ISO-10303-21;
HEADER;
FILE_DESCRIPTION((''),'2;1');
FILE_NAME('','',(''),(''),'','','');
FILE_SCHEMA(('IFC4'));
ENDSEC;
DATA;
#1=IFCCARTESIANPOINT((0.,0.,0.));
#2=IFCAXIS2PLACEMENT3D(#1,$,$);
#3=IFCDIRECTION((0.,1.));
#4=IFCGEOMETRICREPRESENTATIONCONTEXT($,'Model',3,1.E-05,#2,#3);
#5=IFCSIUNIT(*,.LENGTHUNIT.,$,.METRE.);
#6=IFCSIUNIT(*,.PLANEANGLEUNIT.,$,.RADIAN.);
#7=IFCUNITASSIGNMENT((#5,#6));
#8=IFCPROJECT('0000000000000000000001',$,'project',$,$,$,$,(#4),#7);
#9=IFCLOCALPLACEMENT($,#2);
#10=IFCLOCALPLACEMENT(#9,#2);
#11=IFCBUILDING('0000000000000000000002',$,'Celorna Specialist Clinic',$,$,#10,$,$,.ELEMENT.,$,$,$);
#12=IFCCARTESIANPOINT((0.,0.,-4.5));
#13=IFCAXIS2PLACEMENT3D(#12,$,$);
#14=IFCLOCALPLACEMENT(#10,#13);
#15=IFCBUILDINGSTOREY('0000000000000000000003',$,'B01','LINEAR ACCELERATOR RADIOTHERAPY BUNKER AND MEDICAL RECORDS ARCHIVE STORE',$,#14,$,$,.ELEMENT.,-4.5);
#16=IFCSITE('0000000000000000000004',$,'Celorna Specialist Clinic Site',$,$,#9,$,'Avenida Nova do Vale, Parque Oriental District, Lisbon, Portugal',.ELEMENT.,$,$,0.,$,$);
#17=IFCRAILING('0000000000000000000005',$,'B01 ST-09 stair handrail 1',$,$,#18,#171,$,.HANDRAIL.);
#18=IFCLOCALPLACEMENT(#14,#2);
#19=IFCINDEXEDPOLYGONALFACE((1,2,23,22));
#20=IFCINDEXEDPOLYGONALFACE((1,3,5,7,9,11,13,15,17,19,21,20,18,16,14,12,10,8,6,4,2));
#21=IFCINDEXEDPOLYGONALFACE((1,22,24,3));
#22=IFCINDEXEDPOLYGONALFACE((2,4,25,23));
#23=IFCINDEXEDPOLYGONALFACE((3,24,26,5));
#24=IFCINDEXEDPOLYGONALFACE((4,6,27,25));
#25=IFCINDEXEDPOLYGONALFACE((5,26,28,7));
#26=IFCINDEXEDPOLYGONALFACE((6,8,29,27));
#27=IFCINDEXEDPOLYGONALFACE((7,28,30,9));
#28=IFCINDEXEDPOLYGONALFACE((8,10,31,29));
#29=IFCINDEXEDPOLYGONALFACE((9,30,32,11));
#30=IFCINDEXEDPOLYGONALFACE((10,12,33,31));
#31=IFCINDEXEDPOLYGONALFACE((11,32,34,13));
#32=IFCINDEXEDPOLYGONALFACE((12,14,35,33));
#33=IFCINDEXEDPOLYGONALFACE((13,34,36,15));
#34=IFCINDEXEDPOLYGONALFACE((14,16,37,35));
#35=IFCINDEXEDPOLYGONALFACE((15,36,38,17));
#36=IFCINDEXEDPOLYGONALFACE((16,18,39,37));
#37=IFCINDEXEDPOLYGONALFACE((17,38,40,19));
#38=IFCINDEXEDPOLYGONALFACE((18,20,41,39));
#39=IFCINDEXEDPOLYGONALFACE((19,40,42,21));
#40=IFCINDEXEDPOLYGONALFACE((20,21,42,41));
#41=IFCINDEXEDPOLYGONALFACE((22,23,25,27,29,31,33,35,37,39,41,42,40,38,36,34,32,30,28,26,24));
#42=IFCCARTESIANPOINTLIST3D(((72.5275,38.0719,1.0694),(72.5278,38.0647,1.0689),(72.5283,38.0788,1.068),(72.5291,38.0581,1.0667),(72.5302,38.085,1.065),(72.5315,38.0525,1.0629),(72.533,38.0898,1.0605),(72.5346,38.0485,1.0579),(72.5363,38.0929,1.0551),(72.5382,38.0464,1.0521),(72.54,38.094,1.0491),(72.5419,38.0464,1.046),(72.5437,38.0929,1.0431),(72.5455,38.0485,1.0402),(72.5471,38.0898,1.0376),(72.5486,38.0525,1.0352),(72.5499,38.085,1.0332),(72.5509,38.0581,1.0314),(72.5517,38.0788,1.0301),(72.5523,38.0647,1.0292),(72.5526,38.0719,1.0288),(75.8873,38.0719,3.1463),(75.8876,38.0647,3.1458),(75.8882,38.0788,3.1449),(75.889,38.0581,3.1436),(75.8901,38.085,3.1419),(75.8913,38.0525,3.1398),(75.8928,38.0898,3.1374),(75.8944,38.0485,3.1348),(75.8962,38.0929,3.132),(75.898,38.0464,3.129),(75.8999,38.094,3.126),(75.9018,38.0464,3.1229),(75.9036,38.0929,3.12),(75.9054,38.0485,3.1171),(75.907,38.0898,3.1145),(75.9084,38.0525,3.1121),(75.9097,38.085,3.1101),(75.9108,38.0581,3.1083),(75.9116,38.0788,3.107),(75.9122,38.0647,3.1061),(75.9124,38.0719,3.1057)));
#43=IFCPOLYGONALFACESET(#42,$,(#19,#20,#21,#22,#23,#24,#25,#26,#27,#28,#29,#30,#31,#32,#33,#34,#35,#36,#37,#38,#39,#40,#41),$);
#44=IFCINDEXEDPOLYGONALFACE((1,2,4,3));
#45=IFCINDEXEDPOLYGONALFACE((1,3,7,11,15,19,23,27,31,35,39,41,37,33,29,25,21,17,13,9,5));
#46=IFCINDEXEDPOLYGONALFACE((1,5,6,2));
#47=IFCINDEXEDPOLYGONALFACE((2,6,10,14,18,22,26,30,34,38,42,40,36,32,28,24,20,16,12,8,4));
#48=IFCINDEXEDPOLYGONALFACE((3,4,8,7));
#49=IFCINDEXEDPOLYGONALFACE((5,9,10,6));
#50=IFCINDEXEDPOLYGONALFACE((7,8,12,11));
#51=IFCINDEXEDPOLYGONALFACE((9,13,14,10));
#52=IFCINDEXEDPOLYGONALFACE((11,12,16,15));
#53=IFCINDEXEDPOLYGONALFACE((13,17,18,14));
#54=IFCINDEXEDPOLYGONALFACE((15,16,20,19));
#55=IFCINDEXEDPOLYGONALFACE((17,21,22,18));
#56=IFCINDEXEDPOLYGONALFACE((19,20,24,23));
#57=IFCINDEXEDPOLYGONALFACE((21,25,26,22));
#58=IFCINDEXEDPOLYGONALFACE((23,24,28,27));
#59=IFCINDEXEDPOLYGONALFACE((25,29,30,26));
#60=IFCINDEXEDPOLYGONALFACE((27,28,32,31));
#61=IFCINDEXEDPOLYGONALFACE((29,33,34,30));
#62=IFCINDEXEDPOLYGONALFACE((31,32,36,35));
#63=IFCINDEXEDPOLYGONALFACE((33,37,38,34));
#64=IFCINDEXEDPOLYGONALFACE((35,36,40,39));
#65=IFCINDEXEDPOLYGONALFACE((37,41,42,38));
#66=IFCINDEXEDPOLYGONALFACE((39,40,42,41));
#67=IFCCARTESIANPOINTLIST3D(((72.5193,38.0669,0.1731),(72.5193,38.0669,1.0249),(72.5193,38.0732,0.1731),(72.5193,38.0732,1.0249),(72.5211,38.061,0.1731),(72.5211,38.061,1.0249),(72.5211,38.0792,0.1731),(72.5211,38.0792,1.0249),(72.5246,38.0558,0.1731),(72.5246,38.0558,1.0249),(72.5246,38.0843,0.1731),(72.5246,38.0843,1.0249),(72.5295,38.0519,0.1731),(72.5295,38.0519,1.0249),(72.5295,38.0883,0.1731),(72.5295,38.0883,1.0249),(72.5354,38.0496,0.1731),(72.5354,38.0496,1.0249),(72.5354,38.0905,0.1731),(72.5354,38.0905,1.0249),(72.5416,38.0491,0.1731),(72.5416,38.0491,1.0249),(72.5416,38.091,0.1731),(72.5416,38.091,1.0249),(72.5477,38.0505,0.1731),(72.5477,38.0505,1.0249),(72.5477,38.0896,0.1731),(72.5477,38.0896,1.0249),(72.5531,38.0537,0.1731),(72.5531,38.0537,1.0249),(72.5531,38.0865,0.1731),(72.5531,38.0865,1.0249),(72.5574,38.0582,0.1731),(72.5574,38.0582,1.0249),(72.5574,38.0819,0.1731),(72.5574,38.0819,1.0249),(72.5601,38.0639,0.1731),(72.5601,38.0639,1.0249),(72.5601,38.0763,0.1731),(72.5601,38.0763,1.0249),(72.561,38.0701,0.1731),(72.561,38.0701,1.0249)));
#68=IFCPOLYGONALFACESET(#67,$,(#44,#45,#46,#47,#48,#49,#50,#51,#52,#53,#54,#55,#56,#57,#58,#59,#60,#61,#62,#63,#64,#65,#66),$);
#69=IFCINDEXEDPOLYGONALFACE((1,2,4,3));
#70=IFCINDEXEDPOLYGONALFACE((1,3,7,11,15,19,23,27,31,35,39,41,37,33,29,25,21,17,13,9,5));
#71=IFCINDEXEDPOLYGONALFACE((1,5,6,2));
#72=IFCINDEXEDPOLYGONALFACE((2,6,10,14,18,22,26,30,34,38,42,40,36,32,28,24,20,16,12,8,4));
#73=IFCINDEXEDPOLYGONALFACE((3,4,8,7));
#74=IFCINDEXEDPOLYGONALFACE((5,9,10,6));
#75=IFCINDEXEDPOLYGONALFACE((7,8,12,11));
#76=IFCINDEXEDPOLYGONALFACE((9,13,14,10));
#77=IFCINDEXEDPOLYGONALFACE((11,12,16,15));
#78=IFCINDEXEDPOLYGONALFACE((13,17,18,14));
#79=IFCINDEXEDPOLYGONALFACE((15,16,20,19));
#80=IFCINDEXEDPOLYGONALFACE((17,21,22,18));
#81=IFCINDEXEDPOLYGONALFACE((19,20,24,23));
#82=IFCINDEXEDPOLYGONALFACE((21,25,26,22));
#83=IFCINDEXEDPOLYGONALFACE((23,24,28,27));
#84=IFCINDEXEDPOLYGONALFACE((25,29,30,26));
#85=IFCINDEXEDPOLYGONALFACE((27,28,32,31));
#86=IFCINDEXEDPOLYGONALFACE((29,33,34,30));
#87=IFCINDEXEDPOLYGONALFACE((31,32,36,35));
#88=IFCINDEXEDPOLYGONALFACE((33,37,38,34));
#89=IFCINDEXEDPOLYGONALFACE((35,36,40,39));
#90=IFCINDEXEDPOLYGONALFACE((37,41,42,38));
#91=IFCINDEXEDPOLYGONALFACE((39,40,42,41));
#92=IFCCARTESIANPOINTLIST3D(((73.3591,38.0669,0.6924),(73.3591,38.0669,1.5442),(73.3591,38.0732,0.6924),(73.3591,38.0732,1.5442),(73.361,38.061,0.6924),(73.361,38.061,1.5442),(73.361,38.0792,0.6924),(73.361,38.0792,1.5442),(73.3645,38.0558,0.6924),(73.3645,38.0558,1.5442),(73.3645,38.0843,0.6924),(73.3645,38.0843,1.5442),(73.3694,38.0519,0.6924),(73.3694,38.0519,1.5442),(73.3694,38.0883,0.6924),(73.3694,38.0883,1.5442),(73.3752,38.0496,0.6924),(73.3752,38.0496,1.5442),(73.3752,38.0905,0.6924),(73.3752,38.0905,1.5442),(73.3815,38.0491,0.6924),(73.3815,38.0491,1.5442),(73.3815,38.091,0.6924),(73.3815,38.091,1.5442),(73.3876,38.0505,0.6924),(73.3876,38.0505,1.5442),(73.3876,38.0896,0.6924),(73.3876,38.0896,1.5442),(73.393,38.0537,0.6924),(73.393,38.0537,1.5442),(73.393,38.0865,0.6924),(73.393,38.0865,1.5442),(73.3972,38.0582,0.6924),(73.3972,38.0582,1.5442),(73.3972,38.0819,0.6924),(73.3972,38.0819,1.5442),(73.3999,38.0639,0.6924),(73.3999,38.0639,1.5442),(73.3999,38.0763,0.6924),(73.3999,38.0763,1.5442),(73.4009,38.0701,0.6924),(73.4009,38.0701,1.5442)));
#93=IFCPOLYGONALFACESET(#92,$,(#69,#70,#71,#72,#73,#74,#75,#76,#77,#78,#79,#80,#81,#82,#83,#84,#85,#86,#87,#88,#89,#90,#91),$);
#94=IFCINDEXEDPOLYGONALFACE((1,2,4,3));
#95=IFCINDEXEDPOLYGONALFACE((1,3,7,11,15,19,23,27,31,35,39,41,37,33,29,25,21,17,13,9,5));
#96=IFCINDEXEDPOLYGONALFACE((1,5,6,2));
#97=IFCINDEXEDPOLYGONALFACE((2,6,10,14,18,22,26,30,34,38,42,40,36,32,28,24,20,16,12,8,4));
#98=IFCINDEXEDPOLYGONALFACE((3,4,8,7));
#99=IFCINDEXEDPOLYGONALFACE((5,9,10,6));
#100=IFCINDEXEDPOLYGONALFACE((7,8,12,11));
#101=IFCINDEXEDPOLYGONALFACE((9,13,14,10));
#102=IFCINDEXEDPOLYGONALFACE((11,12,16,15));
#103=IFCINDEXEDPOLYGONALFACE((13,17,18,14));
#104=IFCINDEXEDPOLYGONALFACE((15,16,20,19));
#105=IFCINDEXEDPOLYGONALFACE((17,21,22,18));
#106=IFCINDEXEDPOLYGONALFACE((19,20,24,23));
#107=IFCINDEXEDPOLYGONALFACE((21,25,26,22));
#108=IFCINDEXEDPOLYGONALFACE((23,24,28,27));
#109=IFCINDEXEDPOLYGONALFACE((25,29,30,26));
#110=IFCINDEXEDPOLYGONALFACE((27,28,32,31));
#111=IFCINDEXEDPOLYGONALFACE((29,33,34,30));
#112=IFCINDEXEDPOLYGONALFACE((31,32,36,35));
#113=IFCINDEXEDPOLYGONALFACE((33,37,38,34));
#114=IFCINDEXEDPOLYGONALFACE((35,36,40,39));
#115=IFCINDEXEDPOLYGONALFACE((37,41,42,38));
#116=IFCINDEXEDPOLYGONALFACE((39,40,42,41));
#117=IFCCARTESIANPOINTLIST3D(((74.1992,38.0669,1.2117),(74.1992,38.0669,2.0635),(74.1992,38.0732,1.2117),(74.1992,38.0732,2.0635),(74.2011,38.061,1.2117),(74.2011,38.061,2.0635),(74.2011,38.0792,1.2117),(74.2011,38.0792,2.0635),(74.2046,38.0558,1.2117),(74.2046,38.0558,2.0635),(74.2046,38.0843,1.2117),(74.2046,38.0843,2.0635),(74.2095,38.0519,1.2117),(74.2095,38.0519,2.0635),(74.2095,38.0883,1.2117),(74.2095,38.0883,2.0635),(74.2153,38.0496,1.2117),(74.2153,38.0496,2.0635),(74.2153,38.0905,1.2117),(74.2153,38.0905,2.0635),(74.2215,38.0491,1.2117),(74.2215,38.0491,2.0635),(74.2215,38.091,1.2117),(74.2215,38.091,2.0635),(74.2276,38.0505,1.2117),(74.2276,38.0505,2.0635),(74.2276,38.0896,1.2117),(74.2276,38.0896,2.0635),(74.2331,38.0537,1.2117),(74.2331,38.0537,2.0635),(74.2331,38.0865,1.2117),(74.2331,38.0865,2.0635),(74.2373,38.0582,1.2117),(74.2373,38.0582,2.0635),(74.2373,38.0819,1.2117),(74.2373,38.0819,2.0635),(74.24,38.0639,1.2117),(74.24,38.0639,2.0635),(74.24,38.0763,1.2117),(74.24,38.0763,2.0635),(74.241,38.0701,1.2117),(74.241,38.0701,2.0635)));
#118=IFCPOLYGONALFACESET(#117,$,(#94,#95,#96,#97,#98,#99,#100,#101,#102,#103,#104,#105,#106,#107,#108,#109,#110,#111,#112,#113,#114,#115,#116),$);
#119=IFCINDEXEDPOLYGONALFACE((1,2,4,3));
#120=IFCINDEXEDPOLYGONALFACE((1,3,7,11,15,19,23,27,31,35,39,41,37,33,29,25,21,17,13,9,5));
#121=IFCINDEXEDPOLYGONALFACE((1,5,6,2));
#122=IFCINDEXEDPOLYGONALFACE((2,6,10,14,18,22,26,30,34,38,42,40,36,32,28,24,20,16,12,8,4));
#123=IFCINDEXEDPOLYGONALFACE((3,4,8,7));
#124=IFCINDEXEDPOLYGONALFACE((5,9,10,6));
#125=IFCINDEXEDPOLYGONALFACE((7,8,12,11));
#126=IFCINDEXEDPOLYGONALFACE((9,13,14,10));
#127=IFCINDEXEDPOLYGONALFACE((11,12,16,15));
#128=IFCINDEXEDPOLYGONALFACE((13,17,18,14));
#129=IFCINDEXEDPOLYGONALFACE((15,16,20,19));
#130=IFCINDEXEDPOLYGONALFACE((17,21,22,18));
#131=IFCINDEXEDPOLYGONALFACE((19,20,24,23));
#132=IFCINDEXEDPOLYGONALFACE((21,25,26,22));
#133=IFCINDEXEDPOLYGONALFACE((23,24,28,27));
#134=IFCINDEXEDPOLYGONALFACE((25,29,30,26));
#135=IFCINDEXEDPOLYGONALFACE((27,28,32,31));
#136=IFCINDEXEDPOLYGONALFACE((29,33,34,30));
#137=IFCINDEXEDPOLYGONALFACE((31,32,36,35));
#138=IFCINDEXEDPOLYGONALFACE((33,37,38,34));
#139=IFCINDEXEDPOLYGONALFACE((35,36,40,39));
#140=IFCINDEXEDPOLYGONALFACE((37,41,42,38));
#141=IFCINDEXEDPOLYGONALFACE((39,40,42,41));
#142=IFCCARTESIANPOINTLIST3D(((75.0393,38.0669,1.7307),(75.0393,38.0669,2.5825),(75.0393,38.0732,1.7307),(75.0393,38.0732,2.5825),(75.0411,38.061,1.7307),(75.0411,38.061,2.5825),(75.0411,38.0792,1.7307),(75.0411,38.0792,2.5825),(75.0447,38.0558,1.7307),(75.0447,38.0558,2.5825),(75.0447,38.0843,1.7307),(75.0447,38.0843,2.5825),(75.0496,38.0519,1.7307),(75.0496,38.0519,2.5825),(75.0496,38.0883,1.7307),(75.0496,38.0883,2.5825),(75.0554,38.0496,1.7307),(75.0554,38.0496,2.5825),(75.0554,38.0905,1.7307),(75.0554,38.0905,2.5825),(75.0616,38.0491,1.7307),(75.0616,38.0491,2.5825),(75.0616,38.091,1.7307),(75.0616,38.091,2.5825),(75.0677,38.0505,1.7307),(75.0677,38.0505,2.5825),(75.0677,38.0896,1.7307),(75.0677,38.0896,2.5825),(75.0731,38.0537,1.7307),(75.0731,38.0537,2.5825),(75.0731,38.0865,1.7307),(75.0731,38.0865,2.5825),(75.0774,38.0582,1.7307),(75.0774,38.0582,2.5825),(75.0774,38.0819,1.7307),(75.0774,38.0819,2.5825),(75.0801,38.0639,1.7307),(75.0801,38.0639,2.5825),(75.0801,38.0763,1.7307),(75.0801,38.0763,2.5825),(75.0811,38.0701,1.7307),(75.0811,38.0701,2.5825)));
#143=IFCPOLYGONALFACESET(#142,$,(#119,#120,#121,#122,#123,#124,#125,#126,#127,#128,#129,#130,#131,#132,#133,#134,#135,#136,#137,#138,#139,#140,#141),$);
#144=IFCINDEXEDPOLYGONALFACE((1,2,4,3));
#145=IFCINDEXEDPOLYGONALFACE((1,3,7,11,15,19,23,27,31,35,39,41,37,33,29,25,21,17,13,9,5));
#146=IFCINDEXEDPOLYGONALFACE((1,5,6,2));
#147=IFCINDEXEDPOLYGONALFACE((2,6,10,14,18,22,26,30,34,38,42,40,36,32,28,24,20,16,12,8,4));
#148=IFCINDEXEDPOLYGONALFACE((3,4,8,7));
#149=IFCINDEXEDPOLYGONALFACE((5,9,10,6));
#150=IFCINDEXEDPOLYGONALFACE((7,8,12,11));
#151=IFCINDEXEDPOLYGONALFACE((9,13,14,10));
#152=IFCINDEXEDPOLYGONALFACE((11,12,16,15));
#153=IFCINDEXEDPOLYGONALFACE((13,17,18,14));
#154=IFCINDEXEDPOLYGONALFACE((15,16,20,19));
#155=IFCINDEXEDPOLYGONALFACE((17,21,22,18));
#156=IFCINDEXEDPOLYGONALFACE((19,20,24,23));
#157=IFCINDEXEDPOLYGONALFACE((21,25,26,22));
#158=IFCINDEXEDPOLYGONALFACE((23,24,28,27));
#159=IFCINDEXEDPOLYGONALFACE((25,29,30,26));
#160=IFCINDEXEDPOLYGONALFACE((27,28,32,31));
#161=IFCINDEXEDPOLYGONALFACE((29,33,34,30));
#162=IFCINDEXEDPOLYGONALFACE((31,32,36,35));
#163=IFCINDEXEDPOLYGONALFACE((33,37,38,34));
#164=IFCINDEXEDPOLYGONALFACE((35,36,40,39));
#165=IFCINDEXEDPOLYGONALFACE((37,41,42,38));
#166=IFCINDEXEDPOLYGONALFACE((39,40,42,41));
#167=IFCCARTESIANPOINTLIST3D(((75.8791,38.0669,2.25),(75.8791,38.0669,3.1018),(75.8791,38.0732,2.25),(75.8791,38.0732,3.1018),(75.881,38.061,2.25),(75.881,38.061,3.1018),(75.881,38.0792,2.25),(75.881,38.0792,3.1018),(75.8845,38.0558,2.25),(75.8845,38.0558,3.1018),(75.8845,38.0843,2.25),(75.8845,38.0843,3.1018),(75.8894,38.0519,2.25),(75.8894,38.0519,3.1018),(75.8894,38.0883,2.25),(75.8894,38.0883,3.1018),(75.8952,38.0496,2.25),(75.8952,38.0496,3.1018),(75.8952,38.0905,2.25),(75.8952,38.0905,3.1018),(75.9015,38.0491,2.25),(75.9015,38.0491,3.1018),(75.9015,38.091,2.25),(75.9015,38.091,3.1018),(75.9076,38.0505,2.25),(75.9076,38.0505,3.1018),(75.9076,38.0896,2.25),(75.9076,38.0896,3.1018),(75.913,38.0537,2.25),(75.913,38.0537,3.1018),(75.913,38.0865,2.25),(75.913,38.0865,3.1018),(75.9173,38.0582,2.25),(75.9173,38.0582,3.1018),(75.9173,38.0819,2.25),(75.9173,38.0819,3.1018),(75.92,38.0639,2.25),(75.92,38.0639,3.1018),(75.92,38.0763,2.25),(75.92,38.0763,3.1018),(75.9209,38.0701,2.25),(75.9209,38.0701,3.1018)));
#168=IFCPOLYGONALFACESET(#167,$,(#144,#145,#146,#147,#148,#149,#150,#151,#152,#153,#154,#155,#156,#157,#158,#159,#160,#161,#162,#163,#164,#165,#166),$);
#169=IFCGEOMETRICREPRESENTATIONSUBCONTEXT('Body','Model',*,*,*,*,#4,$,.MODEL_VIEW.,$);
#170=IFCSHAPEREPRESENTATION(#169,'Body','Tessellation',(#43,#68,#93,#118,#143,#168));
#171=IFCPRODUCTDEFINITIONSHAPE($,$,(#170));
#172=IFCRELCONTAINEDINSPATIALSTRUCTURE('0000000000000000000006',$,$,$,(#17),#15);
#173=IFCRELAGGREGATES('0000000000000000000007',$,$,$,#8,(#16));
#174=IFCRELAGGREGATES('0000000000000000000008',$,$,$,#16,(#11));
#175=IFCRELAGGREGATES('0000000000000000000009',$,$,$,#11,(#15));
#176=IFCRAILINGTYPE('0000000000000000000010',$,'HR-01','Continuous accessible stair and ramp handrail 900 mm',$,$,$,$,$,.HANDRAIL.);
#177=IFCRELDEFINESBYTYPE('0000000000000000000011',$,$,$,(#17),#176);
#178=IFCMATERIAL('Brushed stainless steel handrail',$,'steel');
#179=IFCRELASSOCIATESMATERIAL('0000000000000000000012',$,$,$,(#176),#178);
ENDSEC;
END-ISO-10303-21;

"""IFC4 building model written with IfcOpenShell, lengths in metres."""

from ifc_helpers import new_model, si_unit, direction, frame, origin, origin_2d, place, context, subcontext, project, spatial, circle, extrude, material, type_object, element, save


model = new_model("IFC4")

# Units and contexts
model_context = context("Model", 3, precision=1e-05, world=origin(), true_north=direction((0.0, 1.0)))
body_context = subcontext(model_context, "Body", "Model", "MODEL_VIEW")
ifc_project = project(units=[si_unit("LENGTHUNIT", "METRE"), si_unit("PLANEANGLEUNIT", "RADIAN")], contexts=[model_context])

# Site, building, storey
site_placement = place(None, origin())
site = spatial("IfcSite", under=ifc_project, at=site_placement, Name="Celorna Specialist Clinic Site", LongName="Avenida Nova do Vale, Parque Oriental District, Lisbon, Portugal", CompositionType="ELEMENT", RefElevation=0.0)
building_placement = place(site_placement, origin())
building = spatial("IfcBuilding", under=site, at=building_placement, Name="Celorna Specialist Clinic", CompositionType="ELEMENT")
storey_placement = place(building_placement, frame((0.0, 0.0, -4.5)))
storey = spatial("IfcBuildingStorey", under=building, at=storey_placement, Name="B01", Description="LINEAR ACCELERATOR RADIOTHERAPY BUNKER AND MEDICAL RECORDS ARCHIVE STORE", CompositionType="ELEMENT", Elevation=-4.5)

# Railing
ifc_material_1 = material(Name="Brushed stainless steel handrail", Category="steel")
railing_type_1 = type_object("IfcRailingType", Name="HR-01", Description="Continuous accessible stair and ramp handrail 900 mm", PredefinedType="HANDRAIL", material=ifc_material_1)
railing_1_placement = place(storey_placement, frame((72.54, 38.0701, 0.1731)))
element("IfcRailing", 1, at=railing_1_placement, inside=storey, type_object=railing_type_1, Name="B01 ST-09 stair handrail 1", PredefinedType="HANDRAIL", context=body_context, shape_type="SweptSolid", body=[
    extrude(circle(Radius=0.0239, at=origin_2d()), frame((0.0, 0.0, 0.876), z_axis=(0.850606, 0.0, 0.525803), x_axis=(0.0, 1.0, 0.0)), (0.0, 0.0, 1.0), 3.95),
    extrude(circle(Radius=0.021, at=origin_2d()), origin(), (0.0, 0.0, 1.0), 0.8518),
    extrude(circle(Radius=0.021, at=origin_2d()), frame((0.8398, 0.0, 0.5193)), (0.0, 0.0, 1.0), 0.8518),
    extrude(circle(Radius=0.021, at=origin_2d()), frame((1.6799, 0.0, 1.0386)), (0.0, 0.0, 1.0), 0.8518),
    extrude(circle(Radius=0.021, at=origin_2d()), frame((2.52, 0.0, 1.5576)), (0.0, 0.0, 1.0), 0.8518),
    extrude(circle(Radius=0.021, at=origin_2d()), frame((3.3599, 0.0, 2.0769)), (0.0, 0.0, 1.0), 0.8518),
])

save(model, "model.ifc")
